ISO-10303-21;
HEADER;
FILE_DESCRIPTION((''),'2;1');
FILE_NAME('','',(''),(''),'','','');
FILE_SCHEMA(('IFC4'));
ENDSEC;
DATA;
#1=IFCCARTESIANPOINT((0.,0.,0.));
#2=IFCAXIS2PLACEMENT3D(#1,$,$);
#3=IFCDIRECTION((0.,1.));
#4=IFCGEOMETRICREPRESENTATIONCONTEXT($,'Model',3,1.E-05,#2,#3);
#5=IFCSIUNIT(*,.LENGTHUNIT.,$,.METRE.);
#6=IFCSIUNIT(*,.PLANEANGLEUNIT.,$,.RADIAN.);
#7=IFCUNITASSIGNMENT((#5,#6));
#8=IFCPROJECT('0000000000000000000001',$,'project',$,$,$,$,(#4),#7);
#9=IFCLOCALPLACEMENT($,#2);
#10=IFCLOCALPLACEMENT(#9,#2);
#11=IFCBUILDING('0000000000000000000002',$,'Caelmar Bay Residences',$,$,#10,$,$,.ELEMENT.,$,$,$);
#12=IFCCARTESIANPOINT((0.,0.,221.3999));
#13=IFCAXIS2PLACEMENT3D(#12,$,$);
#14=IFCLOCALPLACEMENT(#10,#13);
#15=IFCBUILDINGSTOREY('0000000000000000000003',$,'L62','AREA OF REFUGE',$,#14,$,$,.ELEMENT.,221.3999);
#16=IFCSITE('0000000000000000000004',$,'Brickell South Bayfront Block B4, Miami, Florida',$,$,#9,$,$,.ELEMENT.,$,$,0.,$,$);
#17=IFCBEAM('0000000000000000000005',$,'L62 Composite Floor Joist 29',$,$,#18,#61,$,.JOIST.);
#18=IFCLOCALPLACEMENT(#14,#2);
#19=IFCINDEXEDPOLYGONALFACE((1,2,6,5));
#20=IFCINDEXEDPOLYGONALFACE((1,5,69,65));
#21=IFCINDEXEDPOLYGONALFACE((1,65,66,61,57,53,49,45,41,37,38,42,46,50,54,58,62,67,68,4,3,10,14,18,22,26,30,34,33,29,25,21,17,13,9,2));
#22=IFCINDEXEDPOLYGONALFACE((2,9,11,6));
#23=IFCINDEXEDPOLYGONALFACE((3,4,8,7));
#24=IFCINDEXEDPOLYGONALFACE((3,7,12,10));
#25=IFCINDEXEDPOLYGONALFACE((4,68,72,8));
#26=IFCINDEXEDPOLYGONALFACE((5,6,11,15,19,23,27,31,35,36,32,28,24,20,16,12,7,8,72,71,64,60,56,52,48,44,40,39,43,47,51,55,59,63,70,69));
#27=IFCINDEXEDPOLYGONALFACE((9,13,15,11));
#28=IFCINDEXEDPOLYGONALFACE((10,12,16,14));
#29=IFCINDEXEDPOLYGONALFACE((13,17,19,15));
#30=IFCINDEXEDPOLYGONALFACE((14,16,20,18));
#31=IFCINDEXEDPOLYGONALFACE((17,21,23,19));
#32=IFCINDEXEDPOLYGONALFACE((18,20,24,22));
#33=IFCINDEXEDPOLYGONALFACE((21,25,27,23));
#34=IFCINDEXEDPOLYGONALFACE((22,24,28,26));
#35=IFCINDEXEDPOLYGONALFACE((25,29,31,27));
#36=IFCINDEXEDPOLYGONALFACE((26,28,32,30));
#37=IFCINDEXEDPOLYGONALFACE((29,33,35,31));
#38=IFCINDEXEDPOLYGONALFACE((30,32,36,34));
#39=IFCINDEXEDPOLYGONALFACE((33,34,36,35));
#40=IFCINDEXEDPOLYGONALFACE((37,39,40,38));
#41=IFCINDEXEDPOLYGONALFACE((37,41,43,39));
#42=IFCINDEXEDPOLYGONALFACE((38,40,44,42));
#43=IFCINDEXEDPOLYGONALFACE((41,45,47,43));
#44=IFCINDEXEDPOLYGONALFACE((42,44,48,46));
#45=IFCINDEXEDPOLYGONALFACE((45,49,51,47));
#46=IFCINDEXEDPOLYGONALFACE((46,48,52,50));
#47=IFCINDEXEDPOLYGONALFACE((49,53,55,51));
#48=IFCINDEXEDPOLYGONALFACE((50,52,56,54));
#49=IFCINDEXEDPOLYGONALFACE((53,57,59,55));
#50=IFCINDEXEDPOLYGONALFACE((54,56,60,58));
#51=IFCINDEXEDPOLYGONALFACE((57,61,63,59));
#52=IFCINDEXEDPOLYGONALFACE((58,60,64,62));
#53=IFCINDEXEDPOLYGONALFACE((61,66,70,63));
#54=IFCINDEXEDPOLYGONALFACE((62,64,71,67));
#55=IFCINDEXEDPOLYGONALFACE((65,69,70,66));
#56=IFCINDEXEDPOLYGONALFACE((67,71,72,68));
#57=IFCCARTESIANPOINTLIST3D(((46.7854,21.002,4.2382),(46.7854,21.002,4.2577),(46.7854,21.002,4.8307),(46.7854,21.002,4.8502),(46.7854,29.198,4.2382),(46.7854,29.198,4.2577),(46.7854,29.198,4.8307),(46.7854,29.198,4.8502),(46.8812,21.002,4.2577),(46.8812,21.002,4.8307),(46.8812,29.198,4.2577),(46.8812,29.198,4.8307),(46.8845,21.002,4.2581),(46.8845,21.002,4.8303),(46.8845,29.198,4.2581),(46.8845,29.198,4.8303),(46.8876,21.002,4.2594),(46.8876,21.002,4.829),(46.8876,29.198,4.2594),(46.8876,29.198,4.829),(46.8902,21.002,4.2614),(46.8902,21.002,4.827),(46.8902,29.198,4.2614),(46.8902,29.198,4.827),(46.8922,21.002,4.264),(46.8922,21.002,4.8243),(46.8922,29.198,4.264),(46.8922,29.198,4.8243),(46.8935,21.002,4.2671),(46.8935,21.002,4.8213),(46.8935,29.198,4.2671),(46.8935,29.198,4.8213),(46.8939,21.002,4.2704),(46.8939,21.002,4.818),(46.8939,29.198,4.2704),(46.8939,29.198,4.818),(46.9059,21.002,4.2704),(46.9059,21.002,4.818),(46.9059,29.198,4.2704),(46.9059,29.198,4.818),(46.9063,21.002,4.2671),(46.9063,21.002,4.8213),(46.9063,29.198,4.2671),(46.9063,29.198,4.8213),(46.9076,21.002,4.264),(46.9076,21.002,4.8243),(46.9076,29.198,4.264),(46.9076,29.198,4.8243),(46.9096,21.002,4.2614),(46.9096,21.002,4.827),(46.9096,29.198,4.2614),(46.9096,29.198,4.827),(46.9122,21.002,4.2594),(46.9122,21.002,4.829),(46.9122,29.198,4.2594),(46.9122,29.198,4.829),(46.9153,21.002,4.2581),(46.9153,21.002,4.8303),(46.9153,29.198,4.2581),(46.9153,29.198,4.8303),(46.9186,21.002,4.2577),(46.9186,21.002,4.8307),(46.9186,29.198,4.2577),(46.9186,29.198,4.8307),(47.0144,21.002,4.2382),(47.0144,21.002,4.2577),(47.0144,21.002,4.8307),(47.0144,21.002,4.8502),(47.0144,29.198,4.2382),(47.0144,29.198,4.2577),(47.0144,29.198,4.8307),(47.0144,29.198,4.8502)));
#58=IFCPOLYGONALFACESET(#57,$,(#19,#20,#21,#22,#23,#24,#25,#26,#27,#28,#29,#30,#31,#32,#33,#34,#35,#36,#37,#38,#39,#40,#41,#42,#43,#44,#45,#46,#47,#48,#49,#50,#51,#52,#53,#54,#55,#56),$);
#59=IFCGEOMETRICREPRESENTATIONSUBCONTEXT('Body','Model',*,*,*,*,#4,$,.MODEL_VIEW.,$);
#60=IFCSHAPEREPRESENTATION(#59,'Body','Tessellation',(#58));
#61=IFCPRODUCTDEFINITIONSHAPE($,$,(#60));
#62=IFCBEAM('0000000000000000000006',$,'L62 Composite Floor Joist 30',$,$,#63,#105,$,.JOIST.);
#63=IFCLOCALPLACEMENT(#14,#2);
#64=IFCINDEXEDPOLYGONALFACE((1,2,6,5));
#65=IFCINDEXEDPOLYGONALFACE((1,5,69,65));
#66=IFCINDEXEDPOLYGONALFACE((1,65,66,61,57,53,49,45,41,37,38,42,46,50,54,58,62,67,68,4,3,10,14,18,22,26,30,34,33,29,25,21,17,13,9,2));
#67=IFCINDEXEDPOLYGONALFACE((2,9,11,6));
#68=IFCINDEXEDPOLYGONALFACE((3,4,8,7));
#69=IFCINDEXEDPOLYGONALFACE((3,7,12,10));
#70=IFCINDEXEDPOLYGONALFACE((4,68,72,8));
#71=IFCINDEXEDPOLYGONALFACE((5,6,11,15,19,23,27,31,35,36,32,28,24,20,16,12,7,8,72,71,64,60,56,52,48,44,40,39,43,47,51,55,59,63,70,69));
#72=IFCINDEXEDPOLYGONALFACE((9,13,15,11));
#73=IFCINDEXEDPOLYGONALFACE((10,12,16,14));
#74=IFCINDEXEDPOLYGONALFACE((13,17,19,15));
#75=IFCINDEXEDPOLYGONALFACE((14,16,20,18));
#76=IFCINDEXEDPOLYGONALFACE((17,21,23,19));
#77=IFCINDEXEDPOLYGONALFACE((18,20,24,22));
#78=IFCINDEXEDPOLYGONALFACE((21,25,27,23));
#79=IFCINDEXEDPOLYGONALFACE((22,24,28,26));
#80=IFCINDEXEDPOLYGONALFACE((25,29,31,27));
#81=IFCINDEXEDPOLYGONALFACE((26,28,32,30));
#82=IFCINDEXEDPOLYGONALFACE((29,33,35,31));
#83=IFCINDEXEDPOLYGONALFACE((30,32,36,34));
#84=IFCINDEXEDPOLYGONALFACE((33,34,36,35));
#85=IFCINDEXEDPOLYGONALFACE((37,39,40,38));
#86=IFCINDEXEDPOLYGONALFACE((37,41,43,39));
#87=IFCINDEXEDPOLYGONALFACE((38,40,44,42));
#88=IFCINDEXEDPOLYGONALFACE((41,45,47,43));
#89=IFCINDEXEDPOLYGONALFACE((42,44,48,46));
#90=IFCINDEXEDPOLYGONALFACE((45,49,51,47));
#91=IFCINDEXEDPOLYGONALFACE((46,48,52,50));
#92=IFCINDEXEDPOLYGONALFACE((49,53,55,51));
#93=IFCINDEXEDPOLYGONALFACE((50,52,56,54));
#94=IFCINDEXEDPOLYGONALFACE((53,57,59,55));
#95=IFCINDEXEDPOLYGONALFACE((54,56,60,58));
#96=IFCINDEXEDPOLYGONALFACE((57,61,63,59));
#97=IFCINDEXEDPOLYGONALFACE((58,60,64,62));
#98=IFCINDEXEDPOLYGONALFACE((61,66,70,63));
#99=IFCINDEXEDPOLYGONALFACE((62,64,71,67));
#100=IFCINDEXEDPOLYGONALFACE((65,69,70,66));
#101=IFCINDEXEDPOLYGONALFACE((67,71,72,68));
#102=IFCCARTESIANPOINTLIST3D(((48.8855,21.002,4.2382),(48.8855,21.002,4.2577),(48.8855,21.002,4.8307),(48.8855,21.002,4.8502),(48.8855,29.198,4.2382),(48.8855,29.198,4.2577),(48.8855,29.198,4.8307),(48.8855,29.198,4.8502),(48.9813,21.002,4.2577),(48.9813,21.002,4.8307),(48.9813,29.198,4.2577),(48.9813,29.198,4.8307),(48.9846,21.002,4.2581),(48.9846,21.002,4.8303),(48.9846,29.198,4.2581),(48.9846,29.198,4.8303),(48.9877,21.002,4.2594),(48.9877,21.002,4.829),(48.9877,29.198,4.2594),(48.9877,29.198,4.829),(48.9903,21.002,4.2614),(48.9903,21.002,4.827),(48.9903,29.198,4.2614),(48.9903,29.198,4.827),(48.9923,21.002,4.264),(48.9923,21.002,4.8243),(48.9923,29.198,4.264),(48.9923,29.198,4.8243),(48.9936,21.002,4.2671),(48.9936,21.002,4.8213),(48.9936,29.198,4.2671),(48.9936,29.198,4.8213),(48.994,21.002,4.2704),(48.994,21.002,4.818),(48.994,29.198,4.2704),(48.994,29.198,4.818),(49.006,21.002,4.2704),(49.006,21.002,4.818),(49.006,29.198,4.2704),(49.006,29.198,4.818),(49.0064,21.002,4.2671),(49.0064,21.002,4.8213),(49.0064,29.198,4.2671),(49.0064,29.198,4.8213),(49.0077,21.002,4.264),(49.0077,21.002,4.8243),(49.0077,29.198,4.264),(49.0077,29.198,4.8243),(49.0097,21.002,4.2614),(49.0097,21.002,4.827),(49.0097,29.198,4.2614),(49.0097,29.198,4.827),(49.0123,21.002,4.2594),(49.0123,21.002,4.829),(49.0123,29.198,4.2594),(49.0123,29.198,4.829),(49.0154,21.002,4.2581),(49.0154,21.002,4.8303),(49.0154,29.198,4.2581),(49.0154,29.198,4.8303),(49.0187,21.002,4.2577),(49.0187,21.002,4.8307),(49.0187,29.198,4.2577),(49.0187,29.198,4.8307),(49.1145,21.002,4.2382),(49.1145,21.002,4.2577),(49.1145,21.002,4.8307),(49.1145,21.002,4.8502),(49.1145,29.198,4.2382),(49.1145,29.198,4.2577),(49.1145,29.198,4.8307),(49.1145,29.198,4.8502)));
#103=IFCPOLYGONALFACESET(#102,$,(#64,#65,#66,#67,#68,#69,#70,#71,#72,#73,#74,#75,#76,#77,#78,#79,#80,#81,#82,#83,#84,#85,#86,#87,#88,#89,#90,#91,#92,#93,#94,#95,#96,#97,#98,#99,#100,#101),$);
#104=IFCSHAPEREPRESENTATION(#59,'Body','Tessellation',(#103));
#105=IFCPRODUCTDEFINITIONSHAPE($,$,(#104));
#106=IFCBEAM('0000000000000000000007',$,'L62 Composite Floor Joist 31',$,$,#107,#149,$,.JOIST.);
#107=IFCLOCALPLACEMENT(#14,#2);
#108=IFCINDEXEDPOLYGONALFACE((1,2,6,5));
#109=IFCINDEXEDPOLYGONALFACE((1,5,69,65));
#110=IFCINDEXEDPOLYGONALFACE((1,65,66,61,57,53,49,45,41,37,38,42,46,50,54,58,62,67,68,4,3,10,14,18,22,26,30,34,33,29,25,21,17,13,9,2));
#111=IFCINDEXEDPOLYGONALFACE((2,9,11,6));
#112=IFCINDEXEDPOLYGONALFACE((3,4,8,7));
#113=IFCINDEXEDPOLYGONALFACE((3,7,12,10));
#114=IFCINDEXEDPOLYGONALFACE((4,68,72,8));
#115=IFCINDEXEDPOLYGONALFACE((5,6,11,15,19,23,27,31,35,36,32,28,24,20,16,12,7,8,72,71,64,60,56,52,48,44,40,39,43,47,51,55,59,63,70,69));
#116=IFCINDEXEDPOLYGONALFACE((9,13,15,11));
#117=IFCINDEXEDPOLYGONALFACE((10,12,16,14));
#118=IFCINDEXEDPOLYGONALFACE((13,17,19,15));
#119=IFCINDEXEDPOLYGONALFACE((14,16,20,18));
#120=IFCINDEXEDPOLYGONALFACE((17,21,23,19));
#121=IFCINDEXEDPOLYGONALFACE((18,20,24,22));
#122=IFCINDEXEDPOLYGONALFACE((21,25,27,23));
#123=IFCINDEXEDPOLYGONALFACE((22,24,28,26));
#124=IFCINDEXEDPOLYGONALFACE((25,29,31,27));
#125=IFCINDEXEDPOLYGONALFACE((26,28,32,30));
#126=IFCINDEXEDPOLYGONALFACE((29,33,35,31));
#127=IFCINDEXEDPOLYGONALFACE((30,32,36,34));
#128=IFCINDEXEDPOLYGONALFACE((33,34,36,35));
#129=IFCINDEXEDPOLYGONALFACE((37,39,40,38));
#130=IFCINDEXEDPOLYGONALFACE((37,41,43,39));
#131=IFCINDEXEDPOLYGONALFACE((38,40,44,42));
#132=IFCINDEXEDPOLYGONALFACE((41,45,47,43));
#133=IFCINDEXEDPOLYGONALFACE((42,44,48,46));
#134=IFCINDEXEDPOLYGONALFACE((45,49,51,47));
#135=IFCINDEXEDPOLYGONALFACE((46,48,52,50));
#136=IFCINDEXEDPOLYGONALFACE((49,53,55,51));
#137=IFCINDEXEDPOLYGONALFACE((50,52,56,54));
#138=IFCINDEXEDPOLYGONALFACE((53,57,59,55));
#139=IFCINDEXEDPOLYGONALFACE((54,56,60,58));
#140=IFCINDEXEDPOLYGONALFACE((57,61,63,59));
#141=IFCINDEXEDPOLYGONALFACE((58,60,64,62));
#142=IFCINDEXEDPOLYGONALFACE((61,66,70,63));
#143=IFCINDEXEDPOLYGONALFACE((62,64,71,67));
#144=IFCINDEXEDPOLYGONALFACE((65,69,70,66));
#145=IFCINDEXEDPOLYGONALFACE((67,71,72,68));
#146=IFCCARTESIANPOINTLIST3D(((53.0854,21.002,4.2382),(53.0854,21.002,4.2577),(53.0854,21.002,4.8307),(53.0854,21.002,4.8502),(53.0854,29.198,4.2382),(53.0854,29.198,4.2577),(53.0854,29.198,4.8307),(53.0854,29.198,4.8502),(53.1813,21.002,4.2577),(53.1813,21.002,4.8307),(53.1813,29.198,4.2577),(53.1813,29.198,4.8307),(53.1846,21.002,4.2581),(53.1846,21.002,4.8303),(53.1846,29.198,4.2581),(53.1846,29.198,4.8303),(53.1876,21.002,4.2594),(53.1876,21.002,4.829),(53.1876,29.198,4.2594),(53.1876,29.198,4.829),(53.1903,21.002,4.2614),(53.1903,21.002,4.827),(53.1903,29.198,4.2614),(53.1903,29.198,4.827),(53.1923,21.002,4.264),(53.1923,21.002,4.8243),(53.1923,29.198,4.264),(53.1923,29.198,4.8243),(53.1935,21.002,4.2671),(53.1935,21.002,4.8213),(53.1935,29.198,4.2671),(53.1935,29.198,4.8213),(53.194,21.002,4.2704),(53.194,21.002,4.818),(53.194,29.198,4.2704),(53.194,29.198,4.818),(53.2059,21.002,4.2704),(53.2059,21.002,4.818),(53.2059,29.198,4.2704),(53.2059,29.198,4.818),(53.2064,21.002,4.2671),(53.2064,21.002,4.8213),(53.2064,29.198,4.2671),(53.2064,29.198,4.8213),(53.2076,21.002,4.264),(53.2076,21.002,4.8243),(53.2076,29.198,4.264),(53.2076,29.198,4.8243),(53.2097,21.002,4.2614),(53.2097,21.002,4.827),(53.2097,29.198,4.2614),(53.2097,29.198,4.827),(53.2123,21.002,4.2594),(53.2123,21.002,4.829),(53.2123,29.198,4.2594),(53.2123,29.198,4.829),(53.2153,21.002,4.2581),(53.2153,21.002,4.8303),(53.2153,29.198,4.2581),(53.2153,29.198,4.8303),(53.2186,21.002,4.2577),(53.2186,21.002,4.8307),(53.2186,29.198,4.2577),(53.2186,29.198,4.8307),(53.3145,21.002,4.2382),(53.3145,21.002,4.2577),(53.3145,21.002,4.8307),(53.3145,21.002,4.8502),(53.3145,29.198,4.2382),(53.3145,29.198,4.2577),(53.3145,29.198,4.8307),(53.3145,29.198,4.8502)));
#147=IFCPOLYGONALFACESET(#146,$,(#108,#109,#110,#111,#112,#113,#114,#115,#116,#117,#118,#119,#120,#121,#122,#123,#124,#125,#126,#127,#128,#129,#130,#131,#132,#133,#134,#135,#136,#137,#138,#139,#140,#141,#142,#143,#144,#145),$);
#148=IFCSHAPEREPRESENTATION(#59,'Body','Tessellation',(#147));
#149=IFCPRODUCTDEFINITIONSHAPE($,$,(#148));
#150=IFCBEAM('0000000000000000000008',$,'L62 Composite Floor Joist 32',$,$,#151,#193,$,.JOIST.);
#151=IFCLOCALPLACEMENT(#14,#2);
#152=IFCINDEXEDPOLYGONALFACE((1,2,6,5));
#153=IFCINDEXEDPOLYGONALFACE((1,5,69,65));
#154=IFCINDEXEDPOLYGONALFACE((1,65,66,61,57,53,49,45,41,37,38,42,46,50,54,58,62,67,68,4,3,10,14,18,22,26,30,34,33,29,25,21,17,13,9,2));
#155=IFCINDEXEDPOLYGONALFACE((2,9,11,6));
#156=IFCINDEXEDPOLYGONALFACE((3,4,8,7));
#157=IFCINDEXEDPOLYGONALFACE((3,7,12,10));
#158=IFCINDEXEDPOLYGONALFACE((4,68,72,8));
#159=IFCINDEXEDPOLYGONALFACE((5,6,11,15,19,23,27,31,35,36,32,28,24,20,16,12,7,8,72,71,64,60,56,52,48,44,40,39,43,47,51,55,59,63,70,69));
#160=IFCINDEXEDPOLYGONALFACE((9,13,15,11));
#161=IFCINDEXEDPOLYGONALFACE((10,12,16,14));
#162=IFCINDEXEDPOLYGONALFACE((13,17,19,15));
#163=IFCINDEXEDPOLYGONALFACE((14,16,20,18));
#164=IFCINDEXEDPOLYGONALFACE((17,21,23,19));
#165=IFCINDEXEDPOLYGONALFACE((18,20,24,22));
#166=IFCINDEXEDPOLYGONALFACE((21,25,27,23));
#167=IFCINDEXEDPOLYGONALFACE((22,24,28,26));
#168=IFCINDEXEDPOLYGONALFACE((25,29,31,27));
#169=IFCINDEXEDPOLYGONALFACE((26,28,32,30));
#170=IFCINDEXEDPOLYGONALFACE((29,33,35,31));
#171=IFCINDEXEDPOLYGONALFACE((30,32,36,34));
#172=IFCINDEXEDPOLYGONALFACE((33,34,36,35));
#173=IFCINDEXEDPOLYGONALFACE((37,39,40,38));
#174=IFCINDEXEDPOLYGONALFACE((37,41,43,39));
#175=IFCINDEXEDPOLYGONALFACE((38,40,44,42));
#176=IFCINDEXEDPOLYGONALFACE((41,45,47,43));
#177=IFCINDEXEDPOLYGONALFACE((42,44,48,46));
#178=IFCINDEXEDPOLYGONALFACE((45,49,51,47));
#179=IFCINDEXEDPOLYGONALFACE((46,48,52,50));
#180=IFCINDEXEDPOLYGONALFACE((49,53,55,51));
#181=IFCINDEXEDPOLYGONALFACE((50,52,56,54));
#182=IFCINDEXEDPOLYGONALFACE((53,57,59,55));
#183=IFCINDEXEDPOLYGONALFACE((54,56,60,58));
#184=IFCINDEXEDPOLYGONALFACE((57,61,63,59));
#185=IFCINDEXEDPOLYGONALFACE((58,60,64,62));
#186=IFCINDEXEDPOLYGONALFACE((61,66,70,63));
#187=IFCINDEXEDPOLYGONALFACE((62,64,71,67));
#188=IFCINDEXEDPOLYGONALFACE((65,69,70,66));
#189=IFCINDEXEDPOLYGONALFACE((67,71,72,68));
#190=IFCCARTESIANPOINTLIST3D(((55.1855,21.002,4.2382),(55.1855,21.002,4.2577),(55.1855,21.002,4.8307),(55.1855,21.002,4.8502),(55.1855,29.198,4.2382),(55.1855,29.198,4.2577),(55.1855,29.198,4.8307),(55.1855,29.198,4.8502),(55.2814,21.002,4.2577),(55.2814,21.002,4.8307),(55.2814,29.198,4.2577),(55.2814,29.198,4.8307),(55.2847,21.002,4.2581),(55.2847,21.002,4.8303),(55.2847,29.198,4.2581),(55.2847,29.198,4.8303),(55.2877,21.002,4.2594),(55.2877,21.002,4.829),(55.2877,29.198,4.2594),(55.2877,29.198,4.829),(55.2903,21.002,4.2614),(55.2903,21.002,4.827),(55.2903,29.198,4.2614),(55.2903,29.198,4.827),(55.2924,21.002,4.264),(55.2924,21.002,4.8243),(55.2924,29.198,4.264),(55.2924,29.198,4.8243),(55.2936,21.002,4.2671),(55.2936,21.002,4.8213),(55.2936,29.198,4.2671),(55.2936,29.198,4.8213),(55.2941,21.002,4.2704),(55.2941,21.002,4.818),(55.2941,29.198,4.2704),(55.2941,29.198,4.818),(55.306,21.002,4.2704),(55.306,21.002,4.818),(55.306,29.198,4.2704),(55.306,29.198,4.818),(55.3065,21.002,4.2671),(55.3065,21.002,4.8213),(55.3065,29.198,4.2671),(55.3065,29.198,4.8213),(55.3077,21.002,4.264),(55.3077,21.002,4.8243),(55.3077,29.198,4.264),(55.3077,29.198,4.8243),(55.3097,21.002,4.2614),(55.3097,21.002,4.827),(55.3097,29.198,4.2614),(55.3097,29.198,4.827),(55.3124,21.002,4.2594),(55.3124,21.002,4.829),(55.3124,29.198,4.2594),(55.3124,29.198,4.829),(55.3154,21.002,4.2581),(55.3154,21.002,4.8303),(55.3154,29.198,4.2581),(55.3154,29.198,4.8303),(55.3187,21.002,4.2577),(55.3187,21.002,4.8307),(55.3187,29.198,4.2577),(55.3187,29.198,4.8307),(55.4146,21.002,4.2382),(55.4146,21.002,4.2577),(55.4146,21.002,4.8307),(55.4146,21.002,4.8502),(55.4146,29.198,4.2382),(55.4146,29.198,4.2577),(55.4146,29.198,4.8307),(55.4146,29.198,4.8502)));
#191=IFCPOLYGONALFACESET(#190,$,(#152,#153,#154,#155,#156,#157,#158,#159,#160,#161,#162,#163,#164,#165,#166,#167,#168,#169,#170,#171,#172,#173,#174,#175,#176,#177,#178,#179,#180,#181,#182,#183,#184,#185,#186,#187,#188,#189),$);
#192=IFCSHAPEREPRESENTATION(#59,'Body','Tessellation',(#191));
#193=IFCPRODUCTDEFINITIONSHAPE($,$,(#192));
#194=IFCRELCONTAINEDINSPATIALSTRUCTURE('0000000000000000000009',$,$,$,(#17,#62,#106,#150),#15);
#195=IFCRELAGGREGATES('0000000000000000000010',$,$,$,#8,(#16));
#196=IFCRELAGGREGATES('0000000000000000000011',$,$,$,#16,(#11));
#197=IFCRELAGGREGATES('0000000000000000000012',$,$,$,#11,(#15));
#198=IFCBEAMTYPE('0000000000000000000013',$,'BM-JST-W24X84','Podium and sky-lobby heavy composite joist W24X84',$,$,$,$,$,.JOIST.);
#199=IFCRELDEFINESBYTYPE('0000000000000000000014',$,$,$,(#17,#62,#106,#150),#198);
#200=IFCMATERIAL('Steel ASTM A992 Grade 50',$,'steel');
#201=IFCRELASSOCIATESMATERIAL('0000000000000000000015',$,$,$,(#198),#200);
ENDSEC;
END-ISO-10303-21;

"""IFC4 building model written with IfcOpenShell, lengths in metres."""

from ifc_helpers import new_model, si_unit, direction, frame, origin, origin_2d, place, context, subcontext, project, spatial, i_section, extrude, material, material_profile, profile_set, type_object, element, save


model = new_model("IFC4")

# Units and contexts
model_context = context("Model", 3, precision=1e-05, world=origin(), true_north=direction((0.0, 1.0)))
body_context = subcontext(model_context, "Body", "Model", "MODEL_VIEW")
ifc_project = project(units=[si_unit("LENGTHUNIT", "METRE"), si_unit("PLANEANGLEUNIT", "RADIAN")], contexts=[model_context])

# Site, building, storey
site_placement = place(None, origin())
site = spatial("IfcSite", under=ifc_project, at=site_placement, Name="Brickell South Bayfront Block B4, Miami, Florida", CompositionType="ELEMENT", RefElevation=0.0)
building_placement = place(site_placement, origin())
building = spatial("IfcBuilding", under=site, at=building_placement, Name="Caelmar Bay Residences", CompositionType="ELEMENT")
storey_placement = place(building_placement, frame((0.0, 0.0, 221.3999)))
storey = spatial("IfcBuildingStorey", under=building, at=storey_placement, Name="L62", Description="AREA OF REFUGE", CompositionType="ELEMENT", Elevation=221.3999)

# Beams
ifc_material_1 = material(Name="Steel ASTM A992 Grade 50", Category="steel")
ifc_material_profile_1 = material_profile(ifc_material_1, i_section(OverallWidth=0.229, OverallDepth=0.6121, WebThickness=0.012, FlangeThickness=0.0195, FilletRadius=0.0127, at=origin_2d()), Name="W24X84")
ifc_profile_set_1 = profile_set([ifc_material_profile_1], Name="Steel ASTM A992 Grade 50")
beam_type_1 = type_object("IfcBeamType", Name="BM-JST-W24X84", Description="Podium and sky-lobby heavy composite joist W24X84", PredefinedType="JOIST", material=ifc_profile_set_1)
for number, where, z_axis, x_axis, name in (
    (1, (46.8999, 21.002, 4.5442), (0.0, 1.0, 0.0), (-1.0, 0.0, 0.0), "L62 Composite Floor Joist 29"),
    (2, (49.0, 21.002, 4.5442), (0.0, 1.0, 0.0), (-1.0, 0.0, 0.0), "L62 Composite Floor Joist 30"),
    (3, (53.2, 21.002, 4.5442), (0.0, 1.0, 0.0), (-1.0, 0.0, 0.0), "L62 Composite Floor Joist 31"),
    (4, (55.3, 21.002, 4.5442), (0.0, 1.0, 0.0), (-1.0, 0.0, 0.0), "L62 Composite Floor Joist 32"),
):
    element("IfcBeam", number, at=place(storey_placement, frame(where, z_axis=z_axis, x_axis=x_axis)), inside=storey, type_object=beam_type_1, Name=name, PredefinedType="JOIST", context=body_context, shape_type="SweptSolid", body=[
        extrude(i_section(OverallWidth=0.229, OverallDepth=0.6121, WebThickness=0.012, FlangeThickness=0.0195, FilletRadius=0.0127, at=origin_2d()), origin(), (0.0, 0.0, 1.0), 8.196),
    ])

save(model, "model.ifc")
